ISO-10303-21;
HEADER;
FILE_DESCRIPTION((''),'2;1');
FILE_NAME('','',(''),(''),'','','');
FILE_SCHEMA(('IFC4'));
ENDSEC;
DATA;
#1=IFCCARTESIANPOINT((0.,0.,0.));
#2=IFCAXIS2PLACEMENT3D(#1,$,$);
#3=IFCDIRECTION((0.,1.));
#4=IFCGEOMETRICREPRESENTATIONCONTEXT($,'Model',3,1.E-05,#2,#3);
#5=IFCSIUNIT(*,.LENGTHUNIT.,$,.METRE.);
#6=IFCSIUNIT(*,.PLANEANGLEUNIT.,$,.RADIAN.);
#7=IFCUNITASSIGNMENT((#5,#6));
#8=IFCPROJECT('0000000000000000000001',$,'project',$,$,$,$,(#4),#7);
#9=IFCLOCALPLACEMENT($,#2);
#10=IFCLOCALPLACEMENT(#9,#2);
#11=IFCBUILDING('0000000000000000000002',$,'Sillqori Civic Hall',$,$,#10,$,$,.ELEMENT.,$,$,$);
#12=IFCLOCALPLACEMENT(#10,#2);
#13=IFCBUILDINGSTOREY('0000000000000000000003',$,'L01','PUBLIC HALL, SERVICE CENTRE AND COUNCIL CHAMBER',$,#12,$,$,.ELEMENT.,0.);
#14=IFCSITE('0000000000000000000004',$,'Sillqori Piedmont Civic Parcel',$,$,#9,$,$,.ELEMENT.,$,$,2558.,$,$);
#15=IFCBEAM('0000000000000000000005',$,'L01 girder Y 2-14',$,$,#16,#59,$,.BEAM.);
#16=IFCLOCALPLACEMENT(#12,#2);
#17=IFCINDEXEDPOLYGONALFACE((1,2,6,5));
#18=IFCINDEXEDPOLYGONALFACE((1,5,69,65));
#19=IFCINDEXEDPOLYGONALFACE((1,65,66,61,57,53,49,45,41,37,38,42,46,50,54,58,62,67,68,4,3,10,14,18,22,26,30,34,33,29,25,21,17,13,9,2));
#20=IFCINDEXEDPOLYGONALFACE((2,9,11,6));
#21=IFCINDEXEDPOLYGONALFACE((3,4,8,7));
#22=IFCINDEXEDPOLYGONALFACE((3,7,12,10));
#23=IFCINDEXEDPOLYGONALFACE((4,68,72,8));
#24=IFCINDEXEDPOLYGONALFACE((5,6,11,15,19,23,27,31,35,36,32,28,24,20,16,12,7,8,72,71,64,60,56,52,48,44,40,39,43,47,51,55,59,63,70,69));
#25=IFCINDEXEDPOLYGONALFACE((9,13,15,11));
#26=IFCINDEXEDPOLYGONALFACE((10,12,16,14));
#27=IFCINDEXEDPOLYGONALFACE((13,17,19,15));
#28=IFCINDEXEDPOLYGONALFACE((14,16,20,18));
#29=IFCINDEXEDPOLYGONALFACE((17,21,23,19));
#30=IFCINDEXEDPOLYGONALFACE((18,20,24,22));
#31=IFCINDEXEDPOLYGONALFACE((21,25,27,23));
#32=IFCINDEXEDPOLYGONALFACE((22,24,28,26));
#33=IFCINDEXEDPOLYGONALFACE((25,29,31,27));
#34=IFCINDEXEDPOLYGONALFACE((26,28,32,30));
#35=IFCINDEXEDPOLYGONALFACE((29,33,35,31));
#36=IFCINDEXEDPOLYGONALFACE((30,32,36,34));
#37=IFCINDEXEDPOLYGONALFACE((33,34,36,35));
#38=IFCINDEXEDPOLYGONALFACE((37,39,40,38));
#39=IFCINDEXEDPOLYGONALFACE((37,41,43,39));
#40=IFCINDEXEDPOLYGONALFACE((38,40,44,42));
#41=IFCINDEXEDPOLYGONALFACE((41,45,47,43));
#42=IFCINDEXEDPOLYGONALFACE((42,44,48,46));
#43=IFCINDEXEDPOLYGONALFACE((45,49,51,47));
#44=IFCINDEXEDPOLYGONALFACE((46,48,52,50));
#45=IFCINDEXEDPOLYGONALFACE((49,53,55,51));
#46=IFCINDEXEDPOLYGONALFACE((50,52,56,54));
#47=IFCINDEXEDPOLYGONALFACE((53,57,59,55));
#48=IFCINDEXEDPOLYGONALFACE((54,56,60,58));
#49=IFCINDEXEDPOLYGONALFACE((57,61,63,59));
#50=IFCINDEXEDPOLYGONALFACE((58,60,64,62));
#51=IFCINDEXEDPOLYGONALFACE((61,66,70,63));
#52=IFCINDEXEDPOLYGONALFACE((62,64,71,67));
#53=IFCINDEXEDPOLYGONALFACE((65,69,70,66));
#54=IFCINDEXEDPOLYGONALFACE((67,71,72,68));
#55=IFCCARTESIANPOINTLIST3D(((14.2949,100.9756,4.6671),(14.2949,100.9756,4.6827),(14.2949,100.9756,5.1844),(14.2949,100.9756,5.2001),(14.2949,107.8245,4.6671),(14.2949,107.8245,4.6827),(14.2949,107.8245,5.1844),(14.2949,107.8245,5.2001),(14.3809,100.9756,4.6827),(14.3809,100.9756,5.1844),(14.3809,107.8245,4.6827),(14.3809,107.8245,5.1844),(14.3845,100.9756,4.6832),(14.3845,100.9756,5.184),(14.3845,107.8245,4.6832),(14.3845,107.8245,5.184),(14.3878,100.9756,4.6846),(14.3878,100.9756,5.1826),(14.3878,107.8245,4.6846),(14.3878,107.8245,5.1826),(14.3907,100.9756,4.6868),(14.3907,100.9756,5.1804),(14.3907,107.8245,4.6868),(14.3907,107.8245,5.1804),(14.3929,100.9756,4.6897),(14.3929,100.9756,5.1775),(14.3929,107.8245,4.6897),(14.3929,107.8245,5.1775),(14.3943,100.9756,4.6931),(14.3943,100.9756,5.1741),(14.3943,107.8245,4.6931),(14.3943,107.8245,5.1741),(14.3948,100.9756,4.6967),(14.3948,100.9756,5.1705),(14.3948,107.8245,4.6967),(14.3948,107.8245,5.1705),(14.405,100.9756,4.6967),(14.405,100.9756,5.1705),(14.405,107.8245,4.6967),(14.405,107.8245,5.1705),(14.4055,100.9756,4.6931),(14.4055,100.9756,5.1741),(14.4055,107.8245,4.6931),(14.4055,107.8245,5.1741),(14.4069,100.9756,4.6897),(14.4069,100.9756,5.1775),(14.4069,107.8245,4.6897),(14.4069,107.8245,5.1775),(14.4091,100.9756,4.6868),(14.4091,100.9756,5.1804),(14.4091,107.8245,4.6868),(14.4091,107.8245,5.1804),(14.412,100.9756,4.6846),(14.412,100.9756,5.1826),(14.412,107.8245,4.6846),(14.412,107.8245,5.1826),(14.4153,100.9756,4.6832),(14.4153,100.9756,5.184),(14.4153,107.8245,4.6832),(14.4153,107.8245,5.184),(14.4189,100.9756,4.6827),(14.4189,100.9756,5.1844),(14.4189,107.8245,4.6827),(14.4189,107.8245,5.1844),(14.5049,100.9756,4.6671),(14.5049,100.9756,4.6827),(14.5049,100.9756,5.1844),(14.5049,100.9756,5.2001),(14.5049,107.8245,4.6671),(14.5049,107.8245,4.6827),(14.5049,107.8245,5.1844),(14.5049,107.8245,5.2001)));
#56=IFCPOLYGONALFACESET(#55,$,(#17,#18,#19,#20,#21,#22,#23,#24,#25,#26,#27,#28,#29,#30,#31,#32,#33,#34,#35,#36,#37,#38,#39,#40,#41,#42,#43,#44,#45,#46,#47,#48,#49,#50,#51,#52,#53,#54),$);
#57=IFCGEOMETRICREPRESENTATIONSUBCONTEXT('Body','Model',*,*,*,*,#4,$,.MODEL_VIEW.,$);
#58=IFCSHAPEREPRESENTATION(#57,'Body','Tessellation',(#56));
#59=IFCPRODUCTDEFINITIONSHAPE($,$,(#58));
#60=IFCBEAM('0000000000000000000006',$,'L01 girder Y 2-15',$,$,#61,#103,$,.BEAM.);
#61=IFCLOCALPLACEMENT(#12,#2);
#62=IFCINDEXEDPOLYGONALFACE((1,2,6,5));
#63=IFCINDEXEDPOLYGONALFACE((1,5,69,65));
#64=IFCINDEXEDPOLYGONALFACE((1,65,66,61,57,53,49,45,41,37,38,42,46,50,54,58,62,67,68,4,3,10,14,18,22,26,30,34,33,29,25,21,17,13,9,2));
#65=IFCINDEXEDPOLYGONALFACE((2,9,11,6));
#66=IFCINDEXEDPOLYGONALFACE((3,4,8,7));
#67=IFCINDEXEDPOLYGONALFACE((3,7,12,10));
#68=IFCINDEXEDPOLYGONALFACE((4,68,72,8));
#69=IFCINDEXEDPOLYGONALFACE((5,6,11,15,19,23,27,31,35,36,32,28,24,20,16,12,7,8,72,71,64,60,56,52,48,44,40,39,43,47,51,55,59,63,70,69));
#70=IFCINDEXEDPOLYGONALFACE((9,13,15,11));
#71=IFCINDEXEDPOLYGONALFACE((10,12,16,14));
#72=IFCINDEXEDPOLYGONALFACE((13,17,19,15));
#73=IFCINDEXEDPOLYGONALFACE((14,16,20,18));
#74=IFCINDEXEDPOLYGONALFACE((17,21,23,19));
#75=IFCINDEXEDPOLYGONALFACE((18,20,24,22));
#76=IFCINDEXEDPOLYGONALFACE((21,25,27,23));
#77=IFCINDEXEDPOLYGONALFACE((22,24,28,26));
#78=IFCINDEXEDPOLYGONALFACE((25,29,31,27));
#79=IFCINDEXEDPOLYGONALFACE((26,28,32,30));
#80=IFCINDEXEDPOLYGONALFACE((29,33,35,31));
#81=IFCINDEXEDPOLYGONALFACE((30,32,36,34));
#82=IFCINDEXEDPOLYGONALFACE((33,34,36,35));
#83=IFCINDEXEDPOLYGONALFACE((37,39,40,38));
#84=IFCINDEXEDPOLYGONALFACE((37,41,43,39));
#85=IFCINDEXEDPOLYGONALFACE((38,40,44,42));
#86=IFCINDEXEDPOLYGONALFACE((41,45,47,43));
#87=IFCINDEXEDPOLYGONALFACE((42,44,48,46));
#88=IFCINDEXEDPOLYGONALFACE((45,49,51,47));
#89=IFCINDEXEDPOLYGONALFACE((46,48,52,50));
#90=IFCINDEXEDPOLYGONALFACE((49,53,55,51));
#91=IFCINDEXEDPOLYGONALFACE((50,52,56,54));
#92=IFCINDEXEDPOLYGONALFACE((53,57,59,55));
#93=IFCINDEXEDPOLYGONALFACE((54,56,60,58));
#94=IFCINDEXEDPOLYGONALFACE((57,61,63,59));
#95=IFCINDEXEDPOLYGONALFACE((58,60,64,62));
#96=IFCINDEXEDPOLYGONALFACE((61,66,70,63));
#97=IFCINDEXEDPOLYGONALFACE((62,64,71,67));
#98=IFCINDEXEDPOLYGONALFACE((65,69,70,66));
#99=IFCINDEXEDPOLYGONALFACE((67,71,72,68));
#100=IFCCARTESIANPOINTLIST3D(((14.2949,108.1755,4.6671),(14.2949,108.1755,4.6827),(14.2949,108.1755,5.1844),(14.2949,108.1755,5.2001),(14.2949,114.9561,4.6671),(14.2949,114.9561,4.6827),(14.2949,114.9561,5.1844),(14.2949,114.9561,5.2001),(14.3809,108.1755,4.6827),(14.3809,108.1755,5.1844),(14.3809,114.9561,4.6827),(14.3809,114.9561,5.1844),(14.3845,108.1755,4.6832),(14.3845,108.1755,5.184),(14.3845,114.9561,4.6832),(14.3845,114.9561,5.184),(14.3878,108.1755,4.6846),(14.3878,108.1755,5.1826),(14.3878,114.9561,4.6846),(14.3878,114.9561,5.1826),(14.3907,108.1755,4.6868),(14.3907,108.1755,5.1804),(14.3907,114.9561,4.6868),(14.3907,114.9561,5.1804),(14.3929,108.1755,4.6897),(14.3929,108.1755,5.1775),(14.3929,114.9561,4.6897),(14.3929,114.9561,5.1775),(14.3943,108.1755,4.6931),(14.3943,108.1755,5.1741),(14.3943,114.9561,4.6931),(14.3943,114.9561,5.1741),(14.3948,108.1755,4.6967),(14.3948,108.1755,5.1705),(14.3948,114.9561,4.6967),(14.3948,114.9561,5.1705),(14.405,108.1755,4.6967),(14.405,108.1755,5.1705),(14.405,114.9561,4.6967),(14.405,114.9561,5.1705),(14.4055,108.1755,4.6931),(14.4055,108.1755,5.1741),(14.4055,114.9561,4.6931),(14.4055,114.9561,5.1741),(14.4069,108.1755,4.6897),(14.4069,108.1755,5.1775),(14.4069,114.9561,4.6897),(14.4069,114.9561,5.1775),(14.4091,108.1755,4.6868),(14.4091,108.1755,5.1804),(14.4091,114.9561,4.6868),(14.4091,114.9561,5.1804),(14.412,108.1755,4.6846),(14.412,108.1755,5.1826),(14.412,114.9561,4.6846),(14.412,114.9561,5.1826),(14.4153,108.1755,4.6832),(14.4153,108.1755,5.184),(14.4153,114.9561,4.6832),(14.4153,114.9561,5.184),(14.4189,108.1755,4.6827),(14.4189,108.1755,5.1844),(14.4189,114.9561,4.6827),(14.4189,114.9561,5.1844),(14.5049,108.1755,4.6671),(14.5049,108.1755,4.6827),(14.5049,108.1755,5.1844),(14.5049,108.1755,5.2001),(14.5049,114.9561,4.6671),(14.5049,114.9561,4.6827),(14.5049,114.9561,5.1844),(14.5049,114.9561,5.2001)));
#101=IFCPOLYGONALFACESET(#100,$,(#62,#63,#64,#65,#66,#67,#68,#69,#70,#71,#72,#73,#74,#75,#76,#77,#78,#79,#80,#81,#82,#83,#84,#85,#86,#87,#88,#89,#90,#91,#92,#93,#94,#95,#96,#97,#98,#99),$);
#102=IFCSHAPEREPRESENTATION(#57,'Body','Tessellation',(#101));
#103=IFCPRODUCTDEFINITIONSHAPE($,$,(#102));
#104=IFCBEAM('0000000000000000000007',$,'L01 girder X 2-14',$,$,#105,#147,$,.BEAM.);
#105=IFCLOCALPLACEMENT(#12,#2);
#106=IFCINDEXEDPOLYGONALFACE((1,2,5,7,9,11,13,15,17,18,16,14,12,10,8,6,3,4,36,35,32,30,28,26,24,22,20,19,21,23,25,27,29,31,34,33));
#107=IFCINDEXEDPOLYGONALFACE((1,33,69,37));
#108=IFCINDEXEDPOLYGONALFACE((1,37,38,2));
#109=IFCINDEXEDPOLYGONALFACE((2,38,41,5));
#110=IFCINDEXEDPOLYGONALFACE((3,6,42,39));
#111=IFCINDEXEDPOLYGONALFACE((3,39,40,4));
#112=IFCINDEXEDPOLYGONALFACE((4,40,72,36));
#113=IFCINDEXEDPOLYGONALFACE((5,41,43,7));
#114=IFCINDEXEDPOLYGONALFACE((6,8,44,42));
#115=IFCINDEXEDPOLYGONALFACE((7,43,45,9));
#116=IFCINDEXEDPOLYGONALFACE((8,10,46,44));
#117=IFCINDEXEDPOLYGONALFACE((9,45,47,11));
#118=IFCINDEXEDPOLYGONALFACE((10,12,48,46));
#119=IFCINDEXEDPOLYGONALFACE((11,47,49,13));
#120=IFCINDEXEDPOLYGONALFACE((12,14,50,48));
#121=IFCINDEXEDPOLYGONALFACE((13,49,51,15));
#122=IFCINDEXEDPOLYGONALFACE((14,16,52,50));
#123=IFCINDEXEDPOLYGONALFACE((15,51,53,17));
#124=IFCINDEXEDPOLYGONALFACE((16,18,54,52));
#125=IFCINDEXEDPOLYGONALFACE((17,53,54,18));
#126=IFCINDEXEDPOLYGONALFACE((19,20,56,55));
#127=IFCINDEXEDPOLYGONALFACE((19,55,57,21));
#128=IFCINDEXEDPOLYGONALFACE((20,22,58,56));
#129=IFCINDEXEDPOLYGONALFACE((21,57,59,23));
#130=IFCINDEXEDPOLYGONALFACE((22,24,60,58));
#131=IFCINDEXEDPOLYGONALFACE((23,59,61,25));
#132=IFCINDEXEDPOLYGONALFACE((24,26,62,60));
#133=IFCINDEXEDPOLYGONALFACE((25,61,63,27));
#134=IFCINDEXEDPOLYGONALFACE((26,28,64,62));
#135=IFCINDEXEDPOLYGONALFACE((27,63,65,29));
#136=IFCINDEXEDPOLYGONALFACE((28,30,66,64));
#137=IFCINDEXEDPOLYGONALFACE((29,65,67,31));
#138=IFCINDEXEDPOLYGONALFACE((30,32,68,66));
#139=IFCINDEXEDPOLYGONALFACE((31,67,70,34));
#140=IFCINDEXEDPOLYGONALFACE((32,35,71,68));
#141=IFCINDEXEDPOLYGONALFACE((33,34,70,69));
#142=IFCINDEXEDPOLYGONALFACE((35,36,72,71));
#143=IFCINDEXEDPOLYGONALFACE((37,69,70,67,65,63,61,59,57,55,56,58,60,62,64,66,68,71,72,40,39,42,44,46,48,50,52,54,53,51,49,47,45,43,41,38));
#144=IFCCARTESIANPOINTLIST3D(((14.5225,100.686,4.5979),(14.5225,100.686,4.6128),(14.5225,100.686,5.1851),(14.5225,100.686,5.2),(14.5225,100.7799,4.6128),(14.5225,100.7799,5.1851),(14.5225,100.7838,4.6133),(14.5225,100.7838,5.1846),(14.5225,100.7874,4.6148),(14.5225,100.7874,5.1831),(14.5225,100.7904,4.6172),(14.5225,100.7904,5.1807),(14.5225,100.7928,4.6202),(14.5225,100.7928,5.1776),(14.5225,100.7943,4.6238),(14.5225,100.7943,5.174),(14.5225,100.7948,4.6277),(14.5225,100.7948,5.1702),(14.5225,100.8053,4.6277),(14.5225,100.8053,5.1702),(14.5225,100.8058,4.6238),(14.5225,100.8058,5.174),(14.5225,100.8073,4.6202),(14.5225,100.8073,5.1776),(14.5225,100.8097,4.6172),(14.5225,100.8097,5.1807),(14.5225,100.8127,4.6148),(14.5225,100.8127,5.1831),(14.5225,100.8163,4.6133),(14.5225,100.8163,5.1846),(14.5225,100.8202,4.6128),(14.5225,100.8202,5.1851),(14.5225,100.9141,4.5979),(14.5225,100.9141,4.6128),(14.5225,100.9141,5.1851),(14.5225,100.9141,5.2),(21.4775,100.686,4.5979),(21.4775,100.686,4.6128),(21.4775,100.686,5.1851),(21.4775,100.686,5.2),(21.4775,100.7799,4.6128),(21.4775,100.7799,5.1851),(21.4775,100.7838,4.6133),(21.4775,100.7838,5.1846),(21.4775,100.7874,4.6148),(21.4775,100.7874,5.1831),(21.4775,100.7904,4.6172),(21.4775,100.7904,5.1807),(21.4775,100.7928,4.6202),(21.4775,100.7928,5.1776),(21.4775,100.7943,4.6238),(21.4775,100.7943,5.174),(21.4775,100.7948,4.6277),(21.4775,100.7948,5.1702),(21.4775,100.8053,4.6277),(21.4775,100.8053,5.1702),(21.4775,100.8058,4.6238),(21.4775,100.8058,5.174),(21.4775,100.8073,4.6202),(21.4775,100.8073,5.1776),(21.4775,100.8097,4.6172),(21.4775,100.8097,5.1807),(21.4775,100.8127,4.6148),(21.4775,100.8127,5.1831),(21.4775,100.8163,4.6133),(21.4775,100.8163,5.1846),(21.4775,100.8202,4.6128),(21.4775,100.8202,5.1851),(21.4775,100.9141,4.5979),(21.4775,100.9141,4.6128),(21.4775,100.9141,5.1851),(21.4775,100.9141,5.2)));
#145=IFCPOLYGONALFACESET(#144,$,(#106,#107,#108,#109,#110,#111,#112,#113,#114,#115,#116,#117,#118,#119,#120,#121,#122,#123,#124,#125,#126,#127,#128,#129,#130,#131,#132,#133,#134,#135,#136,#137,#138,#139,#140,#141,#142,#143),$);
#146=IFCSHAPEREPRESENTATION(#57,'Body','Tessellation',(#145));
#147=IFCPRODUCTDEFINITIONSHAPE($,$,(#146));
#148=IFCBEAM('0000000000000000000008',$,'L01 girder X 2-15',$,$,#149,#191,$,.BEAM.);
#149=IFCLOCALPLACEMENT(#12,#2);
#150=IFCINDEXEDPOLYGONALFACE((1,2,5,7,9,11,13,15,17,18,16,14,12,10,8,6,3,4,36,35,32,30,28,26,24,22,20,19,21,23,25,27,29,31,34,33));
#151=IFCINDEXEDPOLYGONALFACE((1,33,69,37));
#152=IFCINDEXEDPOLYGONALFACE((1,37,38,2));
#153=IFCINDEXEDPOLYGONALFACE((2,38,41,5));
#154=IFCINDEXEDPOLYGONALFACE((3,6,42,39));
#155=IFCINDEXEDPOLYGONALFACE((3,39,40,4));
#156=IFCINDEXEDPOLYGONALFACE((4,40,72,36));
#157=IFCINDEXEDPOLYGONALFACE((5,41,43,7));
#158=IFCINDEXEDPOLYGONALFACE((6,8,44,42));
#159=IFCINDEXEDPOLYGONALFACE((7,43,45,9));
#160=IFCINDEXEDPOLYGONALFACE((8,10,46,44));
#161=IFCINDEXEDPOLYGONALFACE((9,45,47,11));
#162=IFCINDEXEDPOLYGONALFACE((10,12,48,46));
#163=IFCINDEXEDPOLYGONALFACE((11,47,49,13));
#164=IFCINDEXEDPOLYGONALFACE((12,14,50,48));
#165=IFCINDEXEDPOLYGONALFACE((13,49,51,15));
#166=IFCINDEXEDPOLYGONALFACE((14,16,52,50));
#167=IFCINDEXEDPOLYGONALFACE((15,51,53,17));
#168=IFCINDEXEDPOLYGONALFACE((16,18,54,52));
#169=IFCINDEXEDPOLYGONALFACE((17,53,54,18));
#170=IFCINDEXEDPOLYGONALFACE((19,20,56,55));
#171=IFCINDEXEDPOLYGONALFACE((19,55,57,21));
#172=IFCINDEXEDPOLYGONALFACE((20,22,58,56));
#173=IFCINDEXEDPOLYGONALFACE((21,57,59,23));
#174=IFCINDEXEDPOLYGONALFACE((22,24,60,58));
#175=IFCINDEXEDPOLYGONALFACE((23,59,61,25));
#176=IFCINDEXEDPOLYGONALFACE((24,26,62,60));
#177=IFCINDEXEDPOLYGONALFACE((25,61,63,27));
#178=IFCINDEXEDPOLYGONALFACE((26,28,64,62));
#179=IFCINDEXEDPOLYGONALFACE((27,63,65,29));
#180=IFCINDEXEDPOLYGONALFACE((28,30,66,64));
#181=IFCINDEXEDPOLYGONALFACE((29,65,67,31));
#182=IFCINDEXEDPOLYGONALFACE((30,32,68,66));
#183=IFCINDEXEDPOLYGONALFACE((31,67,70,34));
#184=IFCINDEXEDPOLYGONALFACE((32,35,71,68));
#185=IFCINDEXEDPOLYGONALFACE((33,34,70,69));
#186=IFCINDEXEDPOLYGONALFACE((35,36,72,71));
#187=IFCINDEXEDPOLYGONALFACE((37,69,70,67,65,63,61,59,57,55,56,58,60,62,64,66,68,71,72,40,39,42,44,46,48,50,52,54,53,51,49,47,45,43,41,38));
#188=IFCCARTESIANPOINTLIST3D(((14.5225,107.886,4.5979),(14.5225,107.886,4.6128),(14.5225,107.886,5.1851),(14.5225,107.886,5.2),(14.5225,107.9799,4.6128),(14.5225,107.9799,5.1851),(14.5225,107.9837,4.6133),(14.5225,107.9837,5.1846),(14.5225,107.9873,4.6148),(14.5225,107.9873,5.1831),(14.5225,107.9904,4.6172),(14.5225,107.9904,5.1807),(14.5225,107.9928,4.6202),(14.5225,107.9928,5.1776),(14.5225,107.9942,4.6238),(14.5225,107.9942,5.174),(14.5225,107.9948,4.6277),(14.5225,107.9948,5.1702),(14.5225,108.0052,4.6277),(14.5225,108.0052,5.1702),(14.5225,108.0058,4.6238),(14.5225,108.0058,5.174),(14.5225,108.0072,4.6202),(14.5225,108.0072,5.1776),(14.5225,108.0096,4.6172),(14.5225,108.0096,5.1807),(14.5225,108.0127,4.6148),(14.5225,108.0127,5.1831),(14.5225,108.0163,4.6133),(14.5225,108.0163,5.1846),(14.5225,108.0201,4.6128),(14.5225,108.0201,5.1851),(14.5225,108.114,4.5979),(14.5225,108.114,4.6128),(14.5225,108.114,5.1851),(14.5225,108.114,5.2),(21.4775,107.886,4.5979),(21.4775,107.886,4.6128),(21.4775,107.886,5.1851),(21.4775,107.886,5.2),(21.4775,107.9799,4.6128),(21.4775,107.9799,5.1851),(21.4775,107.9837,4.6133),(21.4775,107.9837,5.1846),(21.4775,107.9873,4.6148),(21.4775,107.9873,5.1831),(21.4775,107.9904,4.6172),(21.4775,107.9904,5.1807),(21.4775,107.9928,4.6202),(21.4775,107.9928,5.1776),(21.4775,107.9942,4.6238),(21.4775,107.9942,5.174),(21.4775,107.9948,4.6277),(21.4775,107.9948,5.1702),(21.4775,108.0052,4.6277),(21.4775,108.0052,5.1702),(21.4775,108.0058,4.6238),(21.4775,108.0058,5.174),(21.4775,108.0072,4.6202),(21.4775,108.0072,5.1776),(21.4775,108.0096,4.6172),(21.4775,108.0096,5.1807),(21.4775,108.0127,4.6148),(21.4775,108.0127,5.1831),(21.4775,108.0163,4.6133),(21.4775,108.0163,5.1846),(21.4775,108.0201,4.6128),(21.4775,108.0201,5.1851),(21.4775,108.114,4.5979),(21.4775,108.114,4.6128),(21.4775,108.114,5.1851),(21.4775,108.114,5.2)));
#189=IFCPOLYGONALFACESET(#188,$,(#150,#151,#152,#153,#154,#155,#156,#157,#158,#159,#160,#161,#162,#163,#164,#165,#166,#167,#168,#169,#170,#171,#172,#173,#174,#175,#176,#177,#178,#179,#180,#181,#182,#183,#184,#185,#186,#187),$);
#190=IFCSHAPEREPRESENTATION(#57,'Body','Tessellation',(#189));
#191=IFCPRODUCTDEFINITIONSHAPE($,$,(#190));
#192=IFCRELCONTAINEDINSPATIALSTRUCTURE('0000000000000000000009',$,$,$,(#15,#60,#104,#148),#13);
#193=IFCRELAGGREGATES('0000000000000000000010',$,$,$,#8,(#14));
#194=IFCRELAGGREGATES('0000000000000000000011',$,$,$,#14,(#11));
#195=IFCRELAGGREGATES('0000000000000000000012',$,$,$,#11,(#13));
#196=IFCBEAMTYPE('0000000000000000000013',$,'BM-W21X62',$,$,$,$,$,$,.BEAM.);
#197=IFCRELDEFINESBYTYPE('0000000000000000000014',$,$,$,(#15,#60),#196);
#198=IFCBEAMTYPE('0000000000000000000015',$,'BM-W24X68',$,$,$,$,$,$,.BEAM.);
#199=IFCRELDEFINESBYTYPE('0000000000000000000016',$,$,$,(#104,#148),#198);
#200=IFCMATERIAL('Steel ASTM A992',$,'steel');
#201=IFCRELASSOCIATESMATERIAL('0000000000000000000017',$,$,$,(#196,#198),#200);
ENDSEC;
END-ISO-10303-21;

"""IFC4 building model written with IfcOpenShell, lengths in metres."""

from ifc_helpers import new_model, si_unit, direction, frame, origin, origin_2d, place, context, subcontext, project, spatial, i_section, extrude, material, material_profile, profile_set, type_object, element, save


model = new_model("IFC4")

# Units and contexts
model_context = context("Model", 3, precision=1e-05, world=origin(), true_north=direction((0.0, 1.0)))
body_context = subcontext(model_context, "Body", "Model", "MODEL_VIEW")
ifc_project = project(units=[si_unit("LENGTHUNIT", "METRE"), si_unit("PLANEANGLEUNIT", "RADIAN")], contexts=[model_context])

# Site, building, storey
site_placement = place(None, origin())
site = spatial("IfcSite", under=ifc_project, at=site_placement, Name="Sillqori Piedmont Civic Parcel", CompositionType="ELEMENT", RefElevation=2558.0)
building_placement = place(site_placement, origin())
building = spatial("IfcBuilding", under=site, at=building_placement, Name="Sillqori Civic Hall", CompositionType="ELEMENT")
storey_placement = place(building_placement, origin())
storey = spatial("IfcBuildingStorey", under=building, at=storey_placement, Name="L01", Description="PUBLIC HALL, SERVICE CENTRE AND COUNCIL CHAMBER", CompositionType="ELEMENT", Elevation=0.0)

# Shared definitions
ifc_material_1 = material(Name="Steel ASTM A992", Category="steel")

# Beams
ifc_material_profile_1 = material_profile(ifc_material_1, i_section(OverallWidth=0.21, OverallDepth=0.533, WebThickness=0.0103, FlangeThickness=0.0156, FilletRadius=0.0139, at=origin_2d()), Name="W21X62")
ifc_profile_set_1 = profile_set([ifc_material_profile_1], Name="Steel ASTM A992")
beam_type_1 = type_object("IfcBeamType", Name="BM-W21X62", PredefinedType="BEAM", material=ifc_profile_set_1)
beam_1_placement = place(storey_placement, frame((14.3999, 100.9756, 4.9336), z_axis=(0.0, 1.0, 0.0), x_axis=(-1.0, 0.0, 0.0)))
element("IfcBeam", 1, at=beam_1_placement, inside=storey, type_object=beam_type_1, Name="L01 girder Y 2-14", PredefinedType="BEAM", context=body_context, shape_type="SweptSolid", body=[
    extrude(i_section(OverallWidth=0.21, OverallDepth=0.533, WebThickness=0.0103, FlangeThickness=0.0156, FilletRadius=0.0139, at=origin_2d()), origin(), (0.0, 0.0, 1.0), 6.8489),
])
beam_2_placement = place(storey_placement, frame((14.3999, 108.1755, 4.9336), z_axis=(0.0, 1.0, 0.0), x_axis=(-1.0, 0.0, 0.0)))
element("IfcBeam", 2, at=beam_2_placement, inside=storey, type_object=beam_type_1, Name="L01 girder Y 2-15", PredefinedType="BEAM", context=body_context, shape_type="SweptSolid", body=[
    extrude(i_section(OverallWidth=0.21, OverallDepth=0.533, WebThickness=0.0103, FlangeThickness=0.0156, FilletRadius=0.0139, at=origin_2d()), origin(), (0.0, 0.0, 1.0), 6.7805),
])
ifc_material_profile_2 = material_profile(ifc_material_1, i_section(OverallWidth=0.228, OverallDepth=0.6021, WebThickness=0.0105, FlangeThickness=0.0149, FilletRadius=0.0149, at=origin_2d()), Name="W24X68")
ifc_profile_set_2 = profile_set([ifc_material_profile_2], Name="Steel ASTM A992")
beam_type_2 = type_object("IfcBeamType", Name="BM-W24X68", PredefinedType="BEAM", material=ifc_profile_set_2)
for number, where, z_axis, x_axis, name in (
    (3, (14.5225, 100.8, 4.8989), (1.0, 0.0, 0.0), (0.0, 1.0, 0.0), "L01 girder X 2-14"),
    (4, (14.5225, 108.0, 4.8989), (1.0, 0.0, 0.0), (0.0, 1.0, 0.0), "L01 girder X 2-15"),
):
    element("IfcBeam", number, at=place(storey_placement, frame(where, z_axis=z_axis, x_axis=x_axis)), inside=storey, type_object=beam_type_2, Name=name, PredefinedType="BEAM", context=body_context, shape_type="SweptSolid", body=[
        extrude(i_section(OverallWidth=0.228, OverallDepth=0.6021, WebThickness=0.0105, FlangeThickness=0.0149, FilletRadius=0.0149, at=origin_2d()), origin(), (0.0, 0.0, 1.0), 6.9551),
    ])

save(model, "model.ifc")
